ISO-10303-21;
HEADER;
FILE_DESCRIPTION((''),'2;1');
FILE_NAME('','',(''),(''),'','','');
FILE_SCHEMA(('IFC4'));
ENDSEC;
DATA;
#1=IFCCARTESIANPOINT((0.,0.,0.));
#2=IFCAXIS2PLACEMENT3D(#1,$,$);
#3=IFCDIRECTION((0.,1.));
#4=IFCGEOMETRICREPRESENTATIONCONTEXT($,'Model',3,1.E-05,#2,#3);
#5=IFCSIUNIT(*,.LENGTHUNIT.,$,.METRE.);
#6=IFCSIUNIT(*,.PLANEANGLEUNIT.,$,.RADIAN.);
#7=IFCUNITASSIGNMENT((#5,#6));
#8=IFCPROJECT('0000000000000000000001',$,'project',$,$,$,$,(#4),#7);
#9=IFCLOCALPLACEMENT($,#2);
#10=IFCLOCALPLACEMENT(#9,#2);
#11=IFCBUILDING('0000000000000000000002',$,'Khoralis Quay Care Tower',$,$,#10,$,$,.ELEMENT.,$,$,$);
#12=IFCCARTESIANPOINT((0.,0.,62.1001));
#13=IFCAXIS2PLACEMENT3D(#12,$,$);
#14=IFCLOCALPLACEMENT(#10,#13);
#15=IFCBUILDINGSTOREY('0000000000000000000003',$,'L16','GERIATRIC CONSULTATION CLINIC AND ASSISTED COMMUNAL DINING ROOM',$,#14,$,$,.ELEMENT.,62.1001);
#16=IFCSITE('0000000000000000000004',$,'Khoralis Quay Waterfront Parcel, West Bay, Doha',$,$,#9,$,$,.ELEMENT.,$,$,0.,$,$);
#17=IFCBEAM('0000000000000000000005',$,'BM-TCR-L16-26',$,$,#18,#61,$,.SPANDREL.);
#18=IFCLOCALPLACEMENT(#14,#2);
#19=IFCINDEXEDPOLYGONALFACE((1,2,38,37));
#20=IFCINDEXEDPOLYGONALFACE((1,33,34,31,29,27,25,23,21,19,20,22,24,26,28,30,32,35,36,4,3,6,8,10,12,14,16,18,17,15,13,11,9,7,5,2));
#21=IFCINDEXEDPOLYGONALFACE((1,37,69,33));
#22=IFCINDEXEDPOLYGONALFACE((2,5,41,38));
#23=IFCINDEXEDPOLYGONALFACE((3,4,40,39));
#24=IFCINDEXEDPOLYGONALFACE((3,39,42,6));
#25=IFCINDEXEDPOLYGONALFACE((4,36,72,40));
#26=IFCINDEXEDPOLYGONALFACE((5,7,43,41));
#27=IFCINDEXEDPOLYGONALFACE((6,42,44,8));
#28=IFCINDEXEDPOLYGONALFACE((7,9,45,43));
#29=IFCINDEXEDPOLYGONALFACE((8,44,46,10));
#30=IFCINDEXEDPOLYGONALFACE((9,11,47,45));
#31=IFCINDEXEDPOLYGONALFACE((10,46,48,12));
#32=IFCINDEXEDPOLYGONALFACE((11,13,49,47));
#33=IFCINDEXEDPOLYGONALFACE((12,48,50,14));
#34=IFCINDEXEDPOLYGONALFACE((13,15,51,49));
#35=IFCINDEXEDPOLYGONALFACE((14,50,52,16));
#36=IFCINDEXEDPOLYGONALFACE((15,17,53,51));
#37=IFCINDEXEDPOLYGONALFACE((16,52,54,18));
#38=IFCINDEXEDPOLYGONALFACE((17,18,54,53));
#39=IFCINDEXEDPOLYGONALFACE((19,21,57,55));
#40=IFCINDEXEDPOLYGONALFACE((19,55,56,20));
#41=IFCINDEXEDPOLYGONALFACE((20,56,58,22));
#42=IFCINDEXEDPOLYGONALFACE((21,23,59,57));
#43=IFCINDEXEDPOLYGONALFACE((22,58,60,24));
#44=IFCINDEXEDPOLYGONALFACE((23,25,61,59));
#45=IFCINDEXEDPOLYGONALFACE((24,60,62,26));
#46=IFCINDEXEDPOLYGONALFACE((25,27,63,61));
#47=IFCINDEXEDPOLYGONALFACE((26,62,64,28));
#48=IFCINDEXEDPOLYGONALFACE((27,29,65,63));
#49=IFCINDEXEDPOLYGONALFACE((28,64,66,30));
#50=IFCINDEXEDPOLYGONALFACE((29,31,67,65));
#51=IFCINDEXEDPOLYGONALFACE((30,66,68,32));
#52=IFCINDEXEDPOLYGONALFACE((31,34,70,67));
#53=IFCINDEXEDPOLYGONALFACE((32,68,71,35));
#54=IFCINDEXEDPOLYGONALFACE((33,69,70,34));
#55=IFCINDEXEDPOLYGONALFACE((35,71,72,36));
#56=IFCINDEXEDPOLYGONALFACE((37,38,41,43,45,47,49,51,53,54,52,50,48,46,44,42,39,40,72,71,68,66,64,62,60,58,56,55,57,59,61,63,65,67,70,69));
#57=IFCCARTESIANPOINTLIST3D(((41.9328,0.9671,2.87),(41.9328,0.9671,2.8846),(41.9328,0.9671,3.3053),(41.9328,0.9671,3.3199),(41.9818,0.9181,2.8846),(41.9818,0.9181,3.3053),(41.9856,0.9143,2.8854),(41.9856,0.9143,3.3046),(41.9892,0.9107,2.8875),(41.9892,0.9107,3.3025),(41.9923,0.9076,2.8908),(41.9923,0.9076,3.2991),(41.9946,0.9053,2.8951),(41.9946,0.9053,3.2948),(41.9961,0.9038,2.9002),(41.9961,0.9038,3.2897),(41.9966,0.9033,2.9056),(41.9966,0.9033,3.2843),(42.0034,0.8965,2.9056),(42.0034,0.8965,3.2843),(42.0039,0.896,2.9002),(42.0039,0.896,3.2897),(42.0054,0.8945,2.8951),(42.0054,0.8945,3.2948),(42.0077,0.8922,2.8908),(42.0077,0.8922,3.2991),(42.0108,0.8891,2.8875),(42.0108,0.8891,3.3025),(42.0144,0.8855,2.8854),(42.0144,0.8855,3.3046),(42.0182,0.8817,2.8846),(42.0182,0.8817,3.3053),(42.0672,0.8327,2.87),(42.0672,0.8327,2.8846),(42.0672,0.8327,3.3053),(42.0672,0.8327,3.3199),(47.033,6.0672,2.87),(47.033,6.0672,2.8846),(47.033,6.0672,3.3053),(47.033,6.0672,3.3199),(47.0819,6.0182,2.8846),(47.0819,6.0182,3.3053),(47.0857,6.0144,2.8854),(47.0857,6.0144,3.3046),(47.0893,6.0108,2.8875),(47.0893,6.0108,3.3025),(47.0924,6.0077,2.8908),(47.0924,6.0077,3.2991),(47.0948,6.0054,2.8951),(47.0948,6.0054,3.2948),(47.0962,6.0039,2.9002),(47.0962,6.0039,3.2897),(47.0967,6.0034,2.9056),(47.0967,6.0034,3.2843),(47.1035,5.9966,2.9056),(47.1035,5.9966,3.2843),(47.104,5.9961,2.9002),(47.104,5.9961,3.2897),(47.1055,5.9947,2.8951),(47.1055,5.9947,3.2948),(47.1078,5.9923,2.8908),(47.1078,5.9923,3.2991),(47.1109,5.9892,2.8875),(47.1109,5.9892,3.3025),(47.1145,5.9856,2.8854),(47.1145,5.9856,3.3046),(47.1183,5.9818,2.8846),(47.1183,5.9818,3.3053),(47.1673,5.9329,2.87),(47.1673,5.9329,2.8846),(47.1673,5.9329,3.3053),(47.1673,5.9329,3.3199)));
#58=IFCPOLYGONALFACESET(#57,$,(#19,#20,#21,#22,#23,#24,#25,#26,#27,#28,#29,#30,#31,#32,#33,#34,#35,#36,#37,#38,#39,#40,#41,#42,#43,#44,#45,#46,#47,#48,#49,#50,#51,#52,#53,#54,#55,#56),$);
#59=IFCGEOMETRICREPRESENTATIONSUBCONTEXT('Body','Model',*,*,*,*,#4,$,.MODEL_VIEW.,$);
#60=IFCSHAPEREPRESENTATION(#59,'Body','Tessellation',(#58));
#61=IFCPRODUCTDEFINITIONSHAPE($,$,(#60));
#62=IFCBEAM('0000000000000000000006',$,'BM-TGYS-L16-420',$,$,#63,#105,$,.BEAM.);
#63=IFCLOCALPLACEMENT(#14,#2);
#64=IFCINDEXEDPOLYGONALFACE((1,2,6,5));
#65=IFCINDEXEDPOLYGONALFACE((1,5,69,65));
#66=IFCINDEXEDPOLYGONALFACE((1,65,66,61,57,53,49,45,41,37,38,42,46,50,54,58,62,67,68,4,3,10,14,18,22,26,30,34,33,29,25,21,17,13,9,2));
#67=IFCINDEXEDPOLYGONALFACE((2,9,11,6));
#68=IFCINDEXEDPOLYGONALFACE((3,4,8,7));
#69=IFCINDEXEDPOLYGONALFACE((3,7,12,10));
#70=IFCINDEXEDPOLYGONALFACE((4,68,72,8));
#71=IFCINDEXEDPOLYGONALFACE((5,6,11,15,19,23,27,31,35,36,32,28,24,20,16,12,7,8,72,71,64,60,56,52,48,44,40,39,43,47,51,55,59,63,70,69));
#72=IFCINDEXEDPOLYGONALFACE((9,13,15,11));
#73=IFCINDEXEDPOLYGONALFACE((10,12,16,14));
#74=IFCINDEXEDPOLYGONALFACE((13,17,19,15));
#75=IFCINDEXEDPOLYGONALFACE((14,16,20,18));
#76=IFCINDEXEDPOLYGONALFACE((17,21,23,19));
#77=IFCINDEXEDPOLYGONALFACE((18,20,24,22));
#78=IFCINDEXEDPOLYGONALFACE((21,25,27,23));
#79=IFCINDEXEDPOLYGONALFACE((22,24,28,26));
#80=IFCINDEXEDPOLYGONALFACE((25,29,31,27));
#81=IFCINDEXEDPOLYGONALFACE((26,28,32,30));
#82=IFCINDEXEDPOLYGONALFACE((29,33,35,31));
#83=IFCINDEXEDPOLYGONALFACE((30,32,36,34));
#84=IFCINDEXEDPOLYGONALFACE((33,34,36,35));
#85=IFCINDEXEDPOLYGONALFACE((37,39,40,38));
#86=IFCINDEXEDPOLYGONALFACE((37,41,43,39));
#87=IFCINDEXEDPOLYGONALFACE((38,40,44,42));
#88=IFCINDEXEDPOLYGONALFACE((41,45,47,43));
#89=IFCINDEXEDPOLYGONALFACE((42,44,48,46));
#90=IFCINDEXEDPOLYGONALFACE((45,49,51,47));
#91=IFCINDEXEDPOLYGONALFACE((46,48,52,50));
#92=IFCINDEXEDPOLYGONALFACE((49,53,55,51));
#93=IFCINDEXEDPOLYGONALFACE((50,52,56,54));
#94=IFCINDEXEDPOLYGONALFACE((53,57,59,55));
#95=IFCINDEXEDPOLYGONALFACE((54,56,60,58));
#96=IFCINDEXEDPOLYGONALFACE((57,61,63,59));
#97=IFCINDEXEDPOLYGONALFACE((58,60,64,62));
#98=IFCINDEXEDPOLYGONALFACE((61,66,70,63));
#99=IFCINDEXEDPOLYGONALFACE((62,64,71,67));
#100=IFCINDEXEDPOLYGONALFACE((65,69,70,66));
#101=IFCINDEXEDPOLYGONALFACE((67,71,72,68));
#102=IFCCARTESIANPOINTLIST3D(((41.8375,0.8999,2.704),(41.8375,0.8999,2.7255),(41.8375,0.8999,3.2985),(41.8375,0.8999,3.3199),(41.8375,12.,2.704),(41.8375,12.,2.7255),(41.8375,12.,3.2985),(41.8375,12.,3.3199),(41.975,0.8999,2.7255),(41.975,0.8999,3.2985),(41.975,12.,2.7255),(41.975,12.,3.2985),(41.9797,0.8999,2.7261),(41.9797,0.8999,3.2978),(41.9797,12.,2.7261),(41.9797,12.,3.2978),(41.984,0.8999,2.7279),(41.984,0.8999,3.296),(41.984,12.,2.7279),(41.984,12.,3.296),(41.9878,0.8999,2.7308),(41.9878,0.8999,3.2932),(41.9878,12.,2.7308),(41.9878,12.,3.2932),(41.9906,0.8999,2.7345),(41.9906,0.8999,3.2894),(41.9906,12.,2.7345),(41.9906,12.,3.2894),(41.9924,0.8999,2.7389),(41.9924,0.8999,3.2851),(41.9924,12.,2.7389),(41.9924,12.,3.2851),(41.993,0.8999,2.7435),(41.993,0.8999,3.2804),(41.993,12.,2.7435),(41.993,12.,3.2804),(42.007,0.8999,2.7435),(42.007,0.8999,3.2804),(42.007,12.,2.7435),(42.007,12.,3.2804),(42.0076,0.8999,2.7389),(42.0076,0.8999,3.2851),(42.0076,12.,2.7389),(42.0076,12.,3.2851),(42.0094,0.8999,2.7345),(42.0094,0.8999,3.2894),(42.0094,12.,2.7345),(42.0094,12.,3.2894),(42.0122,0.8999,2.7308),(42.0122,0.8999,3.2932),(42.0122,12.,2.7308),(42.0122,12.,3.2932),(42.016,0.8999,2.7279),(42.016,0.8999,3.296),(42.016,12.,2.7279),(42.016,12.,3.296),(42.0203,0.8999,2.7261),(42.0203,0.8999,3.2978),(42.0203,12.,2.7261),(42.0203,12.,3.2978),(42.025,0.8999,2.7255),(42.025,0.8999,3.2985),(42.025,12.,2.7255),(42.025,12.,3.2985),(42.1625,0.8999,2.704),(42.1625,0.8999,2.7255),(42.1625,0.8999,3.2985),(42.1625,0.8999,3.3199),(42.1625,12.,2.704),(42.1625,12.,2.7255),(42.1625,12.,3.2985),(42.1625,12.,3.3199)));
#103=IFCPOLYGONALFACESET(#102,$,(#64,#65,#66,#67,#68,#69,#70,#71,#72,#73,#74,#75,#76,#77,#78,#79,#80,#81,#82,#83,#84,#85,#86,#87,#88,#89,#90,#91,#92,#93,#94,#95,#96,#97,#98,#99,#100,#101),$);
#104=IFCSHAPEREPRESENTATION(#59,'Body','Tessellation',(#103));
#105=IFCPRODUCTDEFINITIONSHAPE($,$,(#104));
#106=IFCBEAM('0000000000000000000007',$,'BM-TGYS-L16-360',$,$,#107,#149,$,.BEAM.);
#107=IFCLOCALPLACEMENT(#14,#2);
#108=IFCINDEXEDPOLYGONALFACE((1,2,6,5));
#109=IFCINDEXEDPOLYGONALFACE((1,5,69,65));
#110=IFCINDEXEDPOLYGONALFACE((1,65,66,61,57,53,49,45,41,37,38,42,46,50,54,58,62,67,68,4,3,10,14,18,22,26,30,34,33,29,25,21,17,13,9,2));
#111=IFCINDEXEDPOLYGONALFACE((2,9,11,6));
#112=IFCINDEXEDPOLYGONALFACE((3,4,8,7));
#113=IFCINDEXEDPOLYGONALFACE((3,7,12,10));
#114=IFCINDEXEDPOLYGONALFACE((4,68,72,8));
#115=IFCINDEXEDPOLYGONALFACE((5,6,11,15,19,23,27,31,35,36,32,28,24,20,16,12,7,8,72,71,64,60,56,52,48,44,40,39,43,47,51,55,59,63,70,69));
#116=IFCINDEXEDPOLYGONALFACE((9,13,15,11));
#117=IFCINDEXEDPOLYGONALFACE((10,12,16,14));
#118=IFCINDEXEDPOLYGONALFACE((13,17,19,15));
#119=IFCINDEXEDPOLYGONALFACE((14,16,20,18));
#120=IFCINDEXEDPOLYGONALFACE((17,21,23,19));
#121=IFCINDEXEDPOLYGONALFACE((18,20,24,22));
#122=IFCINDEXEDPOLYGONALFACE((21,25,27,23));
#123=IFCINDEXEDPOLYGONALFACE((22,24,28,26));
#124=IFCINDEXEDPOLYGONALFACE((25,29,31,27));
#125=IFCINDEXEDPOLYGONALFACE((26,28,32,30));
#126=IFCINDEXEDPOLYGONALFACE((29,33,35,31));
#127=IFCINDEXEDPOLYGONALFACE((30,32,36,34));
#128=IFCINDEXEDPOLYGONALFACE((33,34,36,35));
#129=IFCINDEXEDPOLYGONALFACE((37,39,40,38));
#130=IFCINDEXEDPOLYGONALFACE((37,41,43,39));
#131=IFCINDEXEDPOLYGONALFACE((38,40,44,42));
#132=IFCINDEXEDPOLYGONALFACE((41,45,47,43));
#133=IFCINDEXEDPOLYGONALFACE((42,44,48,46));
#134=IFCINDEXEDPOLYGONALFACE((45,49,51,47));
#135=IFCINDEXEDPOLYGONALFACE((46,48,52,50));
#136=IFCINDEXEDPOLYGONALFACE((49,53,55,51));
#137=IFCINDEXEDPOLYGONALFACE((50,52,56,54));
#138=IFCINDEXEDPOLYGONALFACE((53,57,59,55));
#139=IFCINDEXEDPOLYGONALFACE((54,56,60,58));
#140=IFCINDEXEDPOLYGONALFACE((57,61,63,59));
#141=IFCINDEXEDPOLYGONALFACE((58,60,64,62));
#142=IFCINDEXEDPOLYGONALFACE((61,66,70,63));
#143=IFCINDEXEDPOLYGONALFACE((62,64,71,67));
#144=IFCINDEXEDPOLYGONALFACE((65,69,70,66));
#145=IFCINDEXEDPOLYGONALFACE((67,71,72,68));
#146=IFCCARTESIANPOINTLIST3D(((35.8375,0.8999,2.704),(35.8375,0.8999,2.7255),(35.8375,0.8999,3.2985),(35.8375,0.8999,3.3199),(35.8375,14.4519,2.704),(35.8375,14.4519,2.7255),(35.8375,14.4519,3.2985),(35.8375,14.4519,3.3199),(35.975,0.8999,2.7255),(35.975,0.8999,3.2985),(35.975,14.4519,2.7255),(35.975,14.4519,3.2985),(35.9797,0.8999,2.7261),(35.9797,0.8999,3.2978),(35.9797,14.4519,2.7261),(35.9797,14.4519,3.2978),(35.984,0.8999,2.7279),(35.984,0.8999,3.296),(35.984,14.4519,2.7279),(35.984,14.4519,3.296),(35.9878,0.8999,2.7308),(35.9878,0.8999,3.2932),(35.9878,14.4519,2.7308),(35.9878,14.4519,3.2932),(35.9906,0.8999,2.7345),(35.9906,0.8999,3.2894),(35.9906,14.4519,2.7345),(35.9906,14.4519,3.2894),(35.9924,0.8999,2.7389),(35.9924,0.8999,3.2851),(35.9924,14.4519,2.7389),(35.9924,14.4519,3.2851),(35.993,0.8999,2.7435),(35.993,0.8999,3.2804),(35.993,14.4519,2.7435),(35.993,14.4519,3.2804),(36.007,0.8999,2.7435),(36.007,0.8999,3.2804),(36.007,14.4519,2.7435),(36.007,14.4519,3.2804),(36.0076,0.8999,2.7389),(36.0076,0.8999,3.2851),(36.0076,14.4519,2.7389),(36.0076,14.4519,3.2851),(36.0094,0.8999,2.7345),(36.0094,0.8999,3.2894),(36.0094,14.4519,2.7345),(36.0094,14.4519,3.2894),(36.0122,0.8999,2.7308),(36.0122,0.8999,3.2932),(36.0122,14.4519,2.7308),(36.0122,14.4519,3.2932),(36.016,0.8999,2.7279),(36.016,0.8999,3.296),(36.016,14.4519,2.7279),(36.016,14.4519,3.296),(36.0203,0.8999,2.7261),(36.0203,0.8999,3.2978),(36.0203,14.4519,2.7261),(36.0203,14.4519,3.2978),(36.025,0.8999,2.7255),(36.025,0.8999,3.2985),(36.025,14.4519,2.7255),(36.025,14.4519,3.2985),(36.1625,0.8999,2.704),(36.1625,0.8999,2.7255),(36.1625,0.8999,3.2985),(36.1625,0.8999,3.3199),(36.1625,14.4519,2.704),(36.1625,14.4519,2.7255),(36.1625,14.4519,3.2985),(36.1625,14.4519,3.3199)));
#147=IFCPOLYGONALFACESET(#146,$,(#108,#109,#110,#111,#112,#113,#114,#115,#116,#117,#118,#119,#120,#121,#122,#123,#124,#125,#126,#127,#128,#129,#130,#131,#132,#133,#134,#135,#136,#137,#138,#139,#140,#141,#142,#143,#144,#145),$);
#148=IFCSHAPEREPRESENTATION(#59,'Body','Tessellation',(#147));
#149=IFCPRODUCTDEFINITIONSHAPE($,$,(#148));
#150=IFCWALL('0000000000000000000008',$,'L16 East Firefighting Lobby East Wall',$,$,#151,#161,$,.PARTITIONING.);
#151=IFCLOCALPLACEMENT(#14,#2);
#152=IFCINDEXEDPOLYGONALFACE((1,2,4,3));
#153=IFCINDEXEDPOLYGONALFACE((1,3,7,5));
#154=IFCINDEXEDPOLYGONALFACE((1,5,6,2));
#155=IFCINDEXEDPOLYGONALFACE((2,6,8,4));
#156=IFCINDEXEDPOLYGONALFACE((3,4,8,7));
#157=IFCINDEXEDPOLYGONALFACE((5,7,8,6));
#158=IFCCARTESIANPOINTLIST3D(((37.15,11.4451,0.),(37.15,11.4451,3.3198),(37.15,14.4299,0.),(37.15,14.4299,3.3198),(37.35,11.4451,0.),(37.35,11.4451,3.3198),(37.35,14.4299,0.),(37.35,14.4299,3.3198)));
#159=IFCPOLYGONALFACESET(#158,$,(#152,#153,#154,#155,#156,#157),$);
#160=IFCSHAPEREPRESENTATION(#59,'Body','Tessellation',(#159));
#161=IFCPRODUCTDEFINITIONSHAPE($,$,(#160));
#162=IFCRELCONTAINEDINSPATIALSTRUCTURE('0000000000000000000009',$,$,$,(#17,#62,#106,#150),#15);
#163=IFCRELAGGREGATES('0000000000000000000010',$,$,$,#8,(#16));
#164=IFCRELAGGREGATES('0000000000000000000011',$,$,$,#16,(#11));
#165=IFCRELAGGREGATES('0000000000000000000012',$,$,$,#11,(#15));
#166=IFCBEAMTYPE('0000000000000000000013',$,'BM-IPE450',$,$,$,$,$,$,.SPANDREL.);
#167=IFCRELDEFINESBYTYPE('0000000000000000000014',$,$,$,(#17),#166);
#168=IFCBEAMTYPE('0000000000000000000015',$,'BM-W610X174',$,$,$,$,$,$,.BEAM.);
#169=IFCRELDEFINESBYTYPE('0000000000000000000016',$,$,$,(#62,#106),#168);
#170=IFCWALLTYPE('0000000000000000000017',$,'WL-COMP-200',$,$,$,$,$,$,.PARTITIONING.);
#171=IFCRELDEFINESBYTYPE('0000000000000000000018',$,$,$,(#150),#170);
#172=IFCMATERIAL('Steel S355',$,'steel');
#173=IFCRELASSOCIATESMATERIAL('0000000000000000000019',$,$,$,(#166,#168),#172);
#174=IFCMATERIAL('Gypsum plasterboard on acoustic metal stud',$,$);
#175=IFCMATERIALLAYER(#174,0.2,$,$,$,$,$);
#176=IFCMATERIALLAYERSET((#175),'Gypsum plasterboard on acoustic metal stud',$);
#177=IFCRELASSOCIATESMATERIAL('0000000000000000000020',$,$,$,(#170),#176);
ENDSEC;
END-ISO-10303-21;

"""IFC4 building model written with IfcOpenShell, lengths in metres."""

from ifc_helpers import new_model, si_unit, direction, frame, frame_2d, origin, origin_2d, place, context, subcontext, project, spatial, rectangle, i_section, extrude, source, transform, mapped, material, layer, layer_set, material_profile, profile_set, type_object, element, save


model = new_model("IFC4")

# Units and contexts
model_context = context("Model", 3, precision=1e-05, world=origin(), true_north=direction((0.0, 1.0)))
body_context = subcontext(model_context, "Body", "Model", "MODEL_VIEW")
ifc_project = project(units=[si_unit("LENGTHUNIT", "METRE"), si_unit("PLANEANGLEUNIT", "RADIAN")], contexts=[model_context])

# Site, building, storey
site_placement = place(None, origin())
site = spatial("IfcSite", under=ifc_project, at=site_placement, Name="Khoralis Quay Waterfront Parcel, West Bay, Doha", CompositionType="ELEMENT", RefElevation=0.0)
building_placement = place(site_placement, origin())
building = spatial("IfcBuilding", under=site, at=building_placement, Name="Khoralis Quay Care Tower", CompositionType="ELEMENT")
storey_placement = place(building_placement, frame((0.0, 0.0, 62.1001)))
storey = spatial("IfcBuildingStorey", under=building, at=storey_placement, Name="L16", Description="GERIATRIC CONSULTATION CLINIC AND ASSISTED COMMUNAL DINING ROOM", CompositionType="ELEMENT", Elevation=62.1001)

# Beams
ifc_material_1 = material(Name="Steel S355", Category="steel")
ifc_material_profile_1 = material_profile(ifc_material_1, i_section(OverallWidth=0.1899, OverallDepth=0.45, WebThickness=0.0095, FlangeThickness=0.0146, FilletRadius=0.021, at=origin_2d()), Name="Steel S355")
ifc_profile_set_1 = profile_set([ifc_material_profile_1], Name="Steel S355")
beam_type_1 = type_object("IfcBeamType", Name="BM-IPE450", PredefinedType="SPANDREL", material=ifc_profile_set_1)
shared_shape_1 = source(origin(), body_context, "Body", "SweptSolid", [
    extrude(i_section(OverallWidth=0.1899, OverallDepth=0.45, WebThickness=0.0095, FlangeThickness=0.0146, FilletRadius=0.021, at=origin_2d()), origin(), (0.0, 0.0, 1.0), 7.2126),
])
beam_1_placement = place(storey_placement, frame((42.0, 0.8999, 3.095), z_axis=(0.707107, 0.707107, 0.0), x_axis=(-0.707107, 0.707107, 0.0)))
element("IfcBeam", 1, at=beam_1_placement, inside=storey, type_object=beam_type_1, Name="BM-TCR-L16-26", PredefinedType="SPANDREL", context=body_context, shape_type="MappedRepresentation", body=[
    mapped(shared_shape_1, transform((0.0, 0.0, 0.0), scale=1.0)),
])
ifc_material_profile_2 = material_profile(ifc_material_1, i_section(OverallWidth=0.325, OverallDepth=0.616, WebThickness=0.0139, FlangeThickness=0.0215, FilletRadius=0.0181, at=origin_2d()), Name="Steel S355")
ifc_profile_set_2 = profile_set([ifc_material_profile_2], Name="Steel S355")
beam_type_2 = type_object("IfcBeamType", Name="BM-W610X174", PredefinedType="BEAM", material=ifc_profile_set_2)
shared_shape_2 = source(origin(), body_context, "Body", "SweptSolid", [
    extrude(i_section(OverallWidth=0.325, OverallDepth=0.616, WebThickness=0.0139, FlangeThickness=0.0215, FilletRadius=0.0181, at=origin_2d()), origin(), (0.0, 0.0, 1.0), 11.1001),
])
beam_2_placement = place(storey_placement, frame((42.0, 0.8999, 3.012), z_axis=(0.0, 1.0, 0.0), x_axis=(-1.0, 0.0, 0.0)))
element("IfcBeam", 2, at=beam_2_placement, inside=storey, type_object=beam_type_2, Name="BM-TGYS-L16-420", PredefinedType="BEAM", context=body_context, shape_type="MappedRepresentation", body=[
    mapped(shared_shape_2, transform((0.0, 0.0, 0.0), scale=1.0)),
])
shared_shape_3 = source(origin(), body_context, "Body", "SweptSolid", [
    extrude(i_section(OverallWidth=0.325, OverallDepth=0.616, WebThickness=0.0139, FlangeThickness=0.0215, FilletRadius=0.0181, at=origin_2d()), origin(), (0.0, 0.0, 1.0), 13.552),
])
beam_3_placement = place(storey_placement, frame((36.0, 0.8999, 3.012), z_axis=(0.0, 1.0, 0.0), x_axis=(-1.0, 0.0, 0.0)))
element("IfcBeam", 3, at=beam_3_placement, inside=storey, type_object=beam_type_2, Name="BM-TGYS-L16-360", PredefinedType="BEAM", context=body_context, shape_type="MappedRepresentation", body=[
    mapped(shared_shape_3, transform((0.0, 0.0, 0.0), scale=1.0)),
])

# Wall
ifc_material_2 = material(Name="Gypsum plasterboard on acoustic metal stud")
ifc_layer_1 = layer(ifc_material_2, 0.2)
ifc_layer_set_1 = layer_set([ifc_layer_1], Name="Gypsum plasterboard on acoustic metal stud")
wall_type_1 = type_object("IfcWallType", Name="WL-COMP-200", PredefinedType="PARTITIONING", material=ifc_layer_set_1)
wall_1_placement = place(storey_placement, frame((37.25, 11.4451, 0.0), z_axis=(0.0, 0.0, 1.0), x_axis=(0.0, 1.0, 0.0)))
element("IfcWall", 4, at=wall_1_placement, inside=storey, type_object=wall_type_1, Name="L16 East Firefighting Lobby East Wall", PredefinedType="PARTITIONING", context=body_context, shape_type="SweptSolid", body=[
    extrude(rectangle(XDim=2.9849, YDim=0.2, at=frame_2d((1.4924, 0.0))), origin(), (0.0, 0.0, 1.0), 3.3198),
])

save(model, "model.ifc")
